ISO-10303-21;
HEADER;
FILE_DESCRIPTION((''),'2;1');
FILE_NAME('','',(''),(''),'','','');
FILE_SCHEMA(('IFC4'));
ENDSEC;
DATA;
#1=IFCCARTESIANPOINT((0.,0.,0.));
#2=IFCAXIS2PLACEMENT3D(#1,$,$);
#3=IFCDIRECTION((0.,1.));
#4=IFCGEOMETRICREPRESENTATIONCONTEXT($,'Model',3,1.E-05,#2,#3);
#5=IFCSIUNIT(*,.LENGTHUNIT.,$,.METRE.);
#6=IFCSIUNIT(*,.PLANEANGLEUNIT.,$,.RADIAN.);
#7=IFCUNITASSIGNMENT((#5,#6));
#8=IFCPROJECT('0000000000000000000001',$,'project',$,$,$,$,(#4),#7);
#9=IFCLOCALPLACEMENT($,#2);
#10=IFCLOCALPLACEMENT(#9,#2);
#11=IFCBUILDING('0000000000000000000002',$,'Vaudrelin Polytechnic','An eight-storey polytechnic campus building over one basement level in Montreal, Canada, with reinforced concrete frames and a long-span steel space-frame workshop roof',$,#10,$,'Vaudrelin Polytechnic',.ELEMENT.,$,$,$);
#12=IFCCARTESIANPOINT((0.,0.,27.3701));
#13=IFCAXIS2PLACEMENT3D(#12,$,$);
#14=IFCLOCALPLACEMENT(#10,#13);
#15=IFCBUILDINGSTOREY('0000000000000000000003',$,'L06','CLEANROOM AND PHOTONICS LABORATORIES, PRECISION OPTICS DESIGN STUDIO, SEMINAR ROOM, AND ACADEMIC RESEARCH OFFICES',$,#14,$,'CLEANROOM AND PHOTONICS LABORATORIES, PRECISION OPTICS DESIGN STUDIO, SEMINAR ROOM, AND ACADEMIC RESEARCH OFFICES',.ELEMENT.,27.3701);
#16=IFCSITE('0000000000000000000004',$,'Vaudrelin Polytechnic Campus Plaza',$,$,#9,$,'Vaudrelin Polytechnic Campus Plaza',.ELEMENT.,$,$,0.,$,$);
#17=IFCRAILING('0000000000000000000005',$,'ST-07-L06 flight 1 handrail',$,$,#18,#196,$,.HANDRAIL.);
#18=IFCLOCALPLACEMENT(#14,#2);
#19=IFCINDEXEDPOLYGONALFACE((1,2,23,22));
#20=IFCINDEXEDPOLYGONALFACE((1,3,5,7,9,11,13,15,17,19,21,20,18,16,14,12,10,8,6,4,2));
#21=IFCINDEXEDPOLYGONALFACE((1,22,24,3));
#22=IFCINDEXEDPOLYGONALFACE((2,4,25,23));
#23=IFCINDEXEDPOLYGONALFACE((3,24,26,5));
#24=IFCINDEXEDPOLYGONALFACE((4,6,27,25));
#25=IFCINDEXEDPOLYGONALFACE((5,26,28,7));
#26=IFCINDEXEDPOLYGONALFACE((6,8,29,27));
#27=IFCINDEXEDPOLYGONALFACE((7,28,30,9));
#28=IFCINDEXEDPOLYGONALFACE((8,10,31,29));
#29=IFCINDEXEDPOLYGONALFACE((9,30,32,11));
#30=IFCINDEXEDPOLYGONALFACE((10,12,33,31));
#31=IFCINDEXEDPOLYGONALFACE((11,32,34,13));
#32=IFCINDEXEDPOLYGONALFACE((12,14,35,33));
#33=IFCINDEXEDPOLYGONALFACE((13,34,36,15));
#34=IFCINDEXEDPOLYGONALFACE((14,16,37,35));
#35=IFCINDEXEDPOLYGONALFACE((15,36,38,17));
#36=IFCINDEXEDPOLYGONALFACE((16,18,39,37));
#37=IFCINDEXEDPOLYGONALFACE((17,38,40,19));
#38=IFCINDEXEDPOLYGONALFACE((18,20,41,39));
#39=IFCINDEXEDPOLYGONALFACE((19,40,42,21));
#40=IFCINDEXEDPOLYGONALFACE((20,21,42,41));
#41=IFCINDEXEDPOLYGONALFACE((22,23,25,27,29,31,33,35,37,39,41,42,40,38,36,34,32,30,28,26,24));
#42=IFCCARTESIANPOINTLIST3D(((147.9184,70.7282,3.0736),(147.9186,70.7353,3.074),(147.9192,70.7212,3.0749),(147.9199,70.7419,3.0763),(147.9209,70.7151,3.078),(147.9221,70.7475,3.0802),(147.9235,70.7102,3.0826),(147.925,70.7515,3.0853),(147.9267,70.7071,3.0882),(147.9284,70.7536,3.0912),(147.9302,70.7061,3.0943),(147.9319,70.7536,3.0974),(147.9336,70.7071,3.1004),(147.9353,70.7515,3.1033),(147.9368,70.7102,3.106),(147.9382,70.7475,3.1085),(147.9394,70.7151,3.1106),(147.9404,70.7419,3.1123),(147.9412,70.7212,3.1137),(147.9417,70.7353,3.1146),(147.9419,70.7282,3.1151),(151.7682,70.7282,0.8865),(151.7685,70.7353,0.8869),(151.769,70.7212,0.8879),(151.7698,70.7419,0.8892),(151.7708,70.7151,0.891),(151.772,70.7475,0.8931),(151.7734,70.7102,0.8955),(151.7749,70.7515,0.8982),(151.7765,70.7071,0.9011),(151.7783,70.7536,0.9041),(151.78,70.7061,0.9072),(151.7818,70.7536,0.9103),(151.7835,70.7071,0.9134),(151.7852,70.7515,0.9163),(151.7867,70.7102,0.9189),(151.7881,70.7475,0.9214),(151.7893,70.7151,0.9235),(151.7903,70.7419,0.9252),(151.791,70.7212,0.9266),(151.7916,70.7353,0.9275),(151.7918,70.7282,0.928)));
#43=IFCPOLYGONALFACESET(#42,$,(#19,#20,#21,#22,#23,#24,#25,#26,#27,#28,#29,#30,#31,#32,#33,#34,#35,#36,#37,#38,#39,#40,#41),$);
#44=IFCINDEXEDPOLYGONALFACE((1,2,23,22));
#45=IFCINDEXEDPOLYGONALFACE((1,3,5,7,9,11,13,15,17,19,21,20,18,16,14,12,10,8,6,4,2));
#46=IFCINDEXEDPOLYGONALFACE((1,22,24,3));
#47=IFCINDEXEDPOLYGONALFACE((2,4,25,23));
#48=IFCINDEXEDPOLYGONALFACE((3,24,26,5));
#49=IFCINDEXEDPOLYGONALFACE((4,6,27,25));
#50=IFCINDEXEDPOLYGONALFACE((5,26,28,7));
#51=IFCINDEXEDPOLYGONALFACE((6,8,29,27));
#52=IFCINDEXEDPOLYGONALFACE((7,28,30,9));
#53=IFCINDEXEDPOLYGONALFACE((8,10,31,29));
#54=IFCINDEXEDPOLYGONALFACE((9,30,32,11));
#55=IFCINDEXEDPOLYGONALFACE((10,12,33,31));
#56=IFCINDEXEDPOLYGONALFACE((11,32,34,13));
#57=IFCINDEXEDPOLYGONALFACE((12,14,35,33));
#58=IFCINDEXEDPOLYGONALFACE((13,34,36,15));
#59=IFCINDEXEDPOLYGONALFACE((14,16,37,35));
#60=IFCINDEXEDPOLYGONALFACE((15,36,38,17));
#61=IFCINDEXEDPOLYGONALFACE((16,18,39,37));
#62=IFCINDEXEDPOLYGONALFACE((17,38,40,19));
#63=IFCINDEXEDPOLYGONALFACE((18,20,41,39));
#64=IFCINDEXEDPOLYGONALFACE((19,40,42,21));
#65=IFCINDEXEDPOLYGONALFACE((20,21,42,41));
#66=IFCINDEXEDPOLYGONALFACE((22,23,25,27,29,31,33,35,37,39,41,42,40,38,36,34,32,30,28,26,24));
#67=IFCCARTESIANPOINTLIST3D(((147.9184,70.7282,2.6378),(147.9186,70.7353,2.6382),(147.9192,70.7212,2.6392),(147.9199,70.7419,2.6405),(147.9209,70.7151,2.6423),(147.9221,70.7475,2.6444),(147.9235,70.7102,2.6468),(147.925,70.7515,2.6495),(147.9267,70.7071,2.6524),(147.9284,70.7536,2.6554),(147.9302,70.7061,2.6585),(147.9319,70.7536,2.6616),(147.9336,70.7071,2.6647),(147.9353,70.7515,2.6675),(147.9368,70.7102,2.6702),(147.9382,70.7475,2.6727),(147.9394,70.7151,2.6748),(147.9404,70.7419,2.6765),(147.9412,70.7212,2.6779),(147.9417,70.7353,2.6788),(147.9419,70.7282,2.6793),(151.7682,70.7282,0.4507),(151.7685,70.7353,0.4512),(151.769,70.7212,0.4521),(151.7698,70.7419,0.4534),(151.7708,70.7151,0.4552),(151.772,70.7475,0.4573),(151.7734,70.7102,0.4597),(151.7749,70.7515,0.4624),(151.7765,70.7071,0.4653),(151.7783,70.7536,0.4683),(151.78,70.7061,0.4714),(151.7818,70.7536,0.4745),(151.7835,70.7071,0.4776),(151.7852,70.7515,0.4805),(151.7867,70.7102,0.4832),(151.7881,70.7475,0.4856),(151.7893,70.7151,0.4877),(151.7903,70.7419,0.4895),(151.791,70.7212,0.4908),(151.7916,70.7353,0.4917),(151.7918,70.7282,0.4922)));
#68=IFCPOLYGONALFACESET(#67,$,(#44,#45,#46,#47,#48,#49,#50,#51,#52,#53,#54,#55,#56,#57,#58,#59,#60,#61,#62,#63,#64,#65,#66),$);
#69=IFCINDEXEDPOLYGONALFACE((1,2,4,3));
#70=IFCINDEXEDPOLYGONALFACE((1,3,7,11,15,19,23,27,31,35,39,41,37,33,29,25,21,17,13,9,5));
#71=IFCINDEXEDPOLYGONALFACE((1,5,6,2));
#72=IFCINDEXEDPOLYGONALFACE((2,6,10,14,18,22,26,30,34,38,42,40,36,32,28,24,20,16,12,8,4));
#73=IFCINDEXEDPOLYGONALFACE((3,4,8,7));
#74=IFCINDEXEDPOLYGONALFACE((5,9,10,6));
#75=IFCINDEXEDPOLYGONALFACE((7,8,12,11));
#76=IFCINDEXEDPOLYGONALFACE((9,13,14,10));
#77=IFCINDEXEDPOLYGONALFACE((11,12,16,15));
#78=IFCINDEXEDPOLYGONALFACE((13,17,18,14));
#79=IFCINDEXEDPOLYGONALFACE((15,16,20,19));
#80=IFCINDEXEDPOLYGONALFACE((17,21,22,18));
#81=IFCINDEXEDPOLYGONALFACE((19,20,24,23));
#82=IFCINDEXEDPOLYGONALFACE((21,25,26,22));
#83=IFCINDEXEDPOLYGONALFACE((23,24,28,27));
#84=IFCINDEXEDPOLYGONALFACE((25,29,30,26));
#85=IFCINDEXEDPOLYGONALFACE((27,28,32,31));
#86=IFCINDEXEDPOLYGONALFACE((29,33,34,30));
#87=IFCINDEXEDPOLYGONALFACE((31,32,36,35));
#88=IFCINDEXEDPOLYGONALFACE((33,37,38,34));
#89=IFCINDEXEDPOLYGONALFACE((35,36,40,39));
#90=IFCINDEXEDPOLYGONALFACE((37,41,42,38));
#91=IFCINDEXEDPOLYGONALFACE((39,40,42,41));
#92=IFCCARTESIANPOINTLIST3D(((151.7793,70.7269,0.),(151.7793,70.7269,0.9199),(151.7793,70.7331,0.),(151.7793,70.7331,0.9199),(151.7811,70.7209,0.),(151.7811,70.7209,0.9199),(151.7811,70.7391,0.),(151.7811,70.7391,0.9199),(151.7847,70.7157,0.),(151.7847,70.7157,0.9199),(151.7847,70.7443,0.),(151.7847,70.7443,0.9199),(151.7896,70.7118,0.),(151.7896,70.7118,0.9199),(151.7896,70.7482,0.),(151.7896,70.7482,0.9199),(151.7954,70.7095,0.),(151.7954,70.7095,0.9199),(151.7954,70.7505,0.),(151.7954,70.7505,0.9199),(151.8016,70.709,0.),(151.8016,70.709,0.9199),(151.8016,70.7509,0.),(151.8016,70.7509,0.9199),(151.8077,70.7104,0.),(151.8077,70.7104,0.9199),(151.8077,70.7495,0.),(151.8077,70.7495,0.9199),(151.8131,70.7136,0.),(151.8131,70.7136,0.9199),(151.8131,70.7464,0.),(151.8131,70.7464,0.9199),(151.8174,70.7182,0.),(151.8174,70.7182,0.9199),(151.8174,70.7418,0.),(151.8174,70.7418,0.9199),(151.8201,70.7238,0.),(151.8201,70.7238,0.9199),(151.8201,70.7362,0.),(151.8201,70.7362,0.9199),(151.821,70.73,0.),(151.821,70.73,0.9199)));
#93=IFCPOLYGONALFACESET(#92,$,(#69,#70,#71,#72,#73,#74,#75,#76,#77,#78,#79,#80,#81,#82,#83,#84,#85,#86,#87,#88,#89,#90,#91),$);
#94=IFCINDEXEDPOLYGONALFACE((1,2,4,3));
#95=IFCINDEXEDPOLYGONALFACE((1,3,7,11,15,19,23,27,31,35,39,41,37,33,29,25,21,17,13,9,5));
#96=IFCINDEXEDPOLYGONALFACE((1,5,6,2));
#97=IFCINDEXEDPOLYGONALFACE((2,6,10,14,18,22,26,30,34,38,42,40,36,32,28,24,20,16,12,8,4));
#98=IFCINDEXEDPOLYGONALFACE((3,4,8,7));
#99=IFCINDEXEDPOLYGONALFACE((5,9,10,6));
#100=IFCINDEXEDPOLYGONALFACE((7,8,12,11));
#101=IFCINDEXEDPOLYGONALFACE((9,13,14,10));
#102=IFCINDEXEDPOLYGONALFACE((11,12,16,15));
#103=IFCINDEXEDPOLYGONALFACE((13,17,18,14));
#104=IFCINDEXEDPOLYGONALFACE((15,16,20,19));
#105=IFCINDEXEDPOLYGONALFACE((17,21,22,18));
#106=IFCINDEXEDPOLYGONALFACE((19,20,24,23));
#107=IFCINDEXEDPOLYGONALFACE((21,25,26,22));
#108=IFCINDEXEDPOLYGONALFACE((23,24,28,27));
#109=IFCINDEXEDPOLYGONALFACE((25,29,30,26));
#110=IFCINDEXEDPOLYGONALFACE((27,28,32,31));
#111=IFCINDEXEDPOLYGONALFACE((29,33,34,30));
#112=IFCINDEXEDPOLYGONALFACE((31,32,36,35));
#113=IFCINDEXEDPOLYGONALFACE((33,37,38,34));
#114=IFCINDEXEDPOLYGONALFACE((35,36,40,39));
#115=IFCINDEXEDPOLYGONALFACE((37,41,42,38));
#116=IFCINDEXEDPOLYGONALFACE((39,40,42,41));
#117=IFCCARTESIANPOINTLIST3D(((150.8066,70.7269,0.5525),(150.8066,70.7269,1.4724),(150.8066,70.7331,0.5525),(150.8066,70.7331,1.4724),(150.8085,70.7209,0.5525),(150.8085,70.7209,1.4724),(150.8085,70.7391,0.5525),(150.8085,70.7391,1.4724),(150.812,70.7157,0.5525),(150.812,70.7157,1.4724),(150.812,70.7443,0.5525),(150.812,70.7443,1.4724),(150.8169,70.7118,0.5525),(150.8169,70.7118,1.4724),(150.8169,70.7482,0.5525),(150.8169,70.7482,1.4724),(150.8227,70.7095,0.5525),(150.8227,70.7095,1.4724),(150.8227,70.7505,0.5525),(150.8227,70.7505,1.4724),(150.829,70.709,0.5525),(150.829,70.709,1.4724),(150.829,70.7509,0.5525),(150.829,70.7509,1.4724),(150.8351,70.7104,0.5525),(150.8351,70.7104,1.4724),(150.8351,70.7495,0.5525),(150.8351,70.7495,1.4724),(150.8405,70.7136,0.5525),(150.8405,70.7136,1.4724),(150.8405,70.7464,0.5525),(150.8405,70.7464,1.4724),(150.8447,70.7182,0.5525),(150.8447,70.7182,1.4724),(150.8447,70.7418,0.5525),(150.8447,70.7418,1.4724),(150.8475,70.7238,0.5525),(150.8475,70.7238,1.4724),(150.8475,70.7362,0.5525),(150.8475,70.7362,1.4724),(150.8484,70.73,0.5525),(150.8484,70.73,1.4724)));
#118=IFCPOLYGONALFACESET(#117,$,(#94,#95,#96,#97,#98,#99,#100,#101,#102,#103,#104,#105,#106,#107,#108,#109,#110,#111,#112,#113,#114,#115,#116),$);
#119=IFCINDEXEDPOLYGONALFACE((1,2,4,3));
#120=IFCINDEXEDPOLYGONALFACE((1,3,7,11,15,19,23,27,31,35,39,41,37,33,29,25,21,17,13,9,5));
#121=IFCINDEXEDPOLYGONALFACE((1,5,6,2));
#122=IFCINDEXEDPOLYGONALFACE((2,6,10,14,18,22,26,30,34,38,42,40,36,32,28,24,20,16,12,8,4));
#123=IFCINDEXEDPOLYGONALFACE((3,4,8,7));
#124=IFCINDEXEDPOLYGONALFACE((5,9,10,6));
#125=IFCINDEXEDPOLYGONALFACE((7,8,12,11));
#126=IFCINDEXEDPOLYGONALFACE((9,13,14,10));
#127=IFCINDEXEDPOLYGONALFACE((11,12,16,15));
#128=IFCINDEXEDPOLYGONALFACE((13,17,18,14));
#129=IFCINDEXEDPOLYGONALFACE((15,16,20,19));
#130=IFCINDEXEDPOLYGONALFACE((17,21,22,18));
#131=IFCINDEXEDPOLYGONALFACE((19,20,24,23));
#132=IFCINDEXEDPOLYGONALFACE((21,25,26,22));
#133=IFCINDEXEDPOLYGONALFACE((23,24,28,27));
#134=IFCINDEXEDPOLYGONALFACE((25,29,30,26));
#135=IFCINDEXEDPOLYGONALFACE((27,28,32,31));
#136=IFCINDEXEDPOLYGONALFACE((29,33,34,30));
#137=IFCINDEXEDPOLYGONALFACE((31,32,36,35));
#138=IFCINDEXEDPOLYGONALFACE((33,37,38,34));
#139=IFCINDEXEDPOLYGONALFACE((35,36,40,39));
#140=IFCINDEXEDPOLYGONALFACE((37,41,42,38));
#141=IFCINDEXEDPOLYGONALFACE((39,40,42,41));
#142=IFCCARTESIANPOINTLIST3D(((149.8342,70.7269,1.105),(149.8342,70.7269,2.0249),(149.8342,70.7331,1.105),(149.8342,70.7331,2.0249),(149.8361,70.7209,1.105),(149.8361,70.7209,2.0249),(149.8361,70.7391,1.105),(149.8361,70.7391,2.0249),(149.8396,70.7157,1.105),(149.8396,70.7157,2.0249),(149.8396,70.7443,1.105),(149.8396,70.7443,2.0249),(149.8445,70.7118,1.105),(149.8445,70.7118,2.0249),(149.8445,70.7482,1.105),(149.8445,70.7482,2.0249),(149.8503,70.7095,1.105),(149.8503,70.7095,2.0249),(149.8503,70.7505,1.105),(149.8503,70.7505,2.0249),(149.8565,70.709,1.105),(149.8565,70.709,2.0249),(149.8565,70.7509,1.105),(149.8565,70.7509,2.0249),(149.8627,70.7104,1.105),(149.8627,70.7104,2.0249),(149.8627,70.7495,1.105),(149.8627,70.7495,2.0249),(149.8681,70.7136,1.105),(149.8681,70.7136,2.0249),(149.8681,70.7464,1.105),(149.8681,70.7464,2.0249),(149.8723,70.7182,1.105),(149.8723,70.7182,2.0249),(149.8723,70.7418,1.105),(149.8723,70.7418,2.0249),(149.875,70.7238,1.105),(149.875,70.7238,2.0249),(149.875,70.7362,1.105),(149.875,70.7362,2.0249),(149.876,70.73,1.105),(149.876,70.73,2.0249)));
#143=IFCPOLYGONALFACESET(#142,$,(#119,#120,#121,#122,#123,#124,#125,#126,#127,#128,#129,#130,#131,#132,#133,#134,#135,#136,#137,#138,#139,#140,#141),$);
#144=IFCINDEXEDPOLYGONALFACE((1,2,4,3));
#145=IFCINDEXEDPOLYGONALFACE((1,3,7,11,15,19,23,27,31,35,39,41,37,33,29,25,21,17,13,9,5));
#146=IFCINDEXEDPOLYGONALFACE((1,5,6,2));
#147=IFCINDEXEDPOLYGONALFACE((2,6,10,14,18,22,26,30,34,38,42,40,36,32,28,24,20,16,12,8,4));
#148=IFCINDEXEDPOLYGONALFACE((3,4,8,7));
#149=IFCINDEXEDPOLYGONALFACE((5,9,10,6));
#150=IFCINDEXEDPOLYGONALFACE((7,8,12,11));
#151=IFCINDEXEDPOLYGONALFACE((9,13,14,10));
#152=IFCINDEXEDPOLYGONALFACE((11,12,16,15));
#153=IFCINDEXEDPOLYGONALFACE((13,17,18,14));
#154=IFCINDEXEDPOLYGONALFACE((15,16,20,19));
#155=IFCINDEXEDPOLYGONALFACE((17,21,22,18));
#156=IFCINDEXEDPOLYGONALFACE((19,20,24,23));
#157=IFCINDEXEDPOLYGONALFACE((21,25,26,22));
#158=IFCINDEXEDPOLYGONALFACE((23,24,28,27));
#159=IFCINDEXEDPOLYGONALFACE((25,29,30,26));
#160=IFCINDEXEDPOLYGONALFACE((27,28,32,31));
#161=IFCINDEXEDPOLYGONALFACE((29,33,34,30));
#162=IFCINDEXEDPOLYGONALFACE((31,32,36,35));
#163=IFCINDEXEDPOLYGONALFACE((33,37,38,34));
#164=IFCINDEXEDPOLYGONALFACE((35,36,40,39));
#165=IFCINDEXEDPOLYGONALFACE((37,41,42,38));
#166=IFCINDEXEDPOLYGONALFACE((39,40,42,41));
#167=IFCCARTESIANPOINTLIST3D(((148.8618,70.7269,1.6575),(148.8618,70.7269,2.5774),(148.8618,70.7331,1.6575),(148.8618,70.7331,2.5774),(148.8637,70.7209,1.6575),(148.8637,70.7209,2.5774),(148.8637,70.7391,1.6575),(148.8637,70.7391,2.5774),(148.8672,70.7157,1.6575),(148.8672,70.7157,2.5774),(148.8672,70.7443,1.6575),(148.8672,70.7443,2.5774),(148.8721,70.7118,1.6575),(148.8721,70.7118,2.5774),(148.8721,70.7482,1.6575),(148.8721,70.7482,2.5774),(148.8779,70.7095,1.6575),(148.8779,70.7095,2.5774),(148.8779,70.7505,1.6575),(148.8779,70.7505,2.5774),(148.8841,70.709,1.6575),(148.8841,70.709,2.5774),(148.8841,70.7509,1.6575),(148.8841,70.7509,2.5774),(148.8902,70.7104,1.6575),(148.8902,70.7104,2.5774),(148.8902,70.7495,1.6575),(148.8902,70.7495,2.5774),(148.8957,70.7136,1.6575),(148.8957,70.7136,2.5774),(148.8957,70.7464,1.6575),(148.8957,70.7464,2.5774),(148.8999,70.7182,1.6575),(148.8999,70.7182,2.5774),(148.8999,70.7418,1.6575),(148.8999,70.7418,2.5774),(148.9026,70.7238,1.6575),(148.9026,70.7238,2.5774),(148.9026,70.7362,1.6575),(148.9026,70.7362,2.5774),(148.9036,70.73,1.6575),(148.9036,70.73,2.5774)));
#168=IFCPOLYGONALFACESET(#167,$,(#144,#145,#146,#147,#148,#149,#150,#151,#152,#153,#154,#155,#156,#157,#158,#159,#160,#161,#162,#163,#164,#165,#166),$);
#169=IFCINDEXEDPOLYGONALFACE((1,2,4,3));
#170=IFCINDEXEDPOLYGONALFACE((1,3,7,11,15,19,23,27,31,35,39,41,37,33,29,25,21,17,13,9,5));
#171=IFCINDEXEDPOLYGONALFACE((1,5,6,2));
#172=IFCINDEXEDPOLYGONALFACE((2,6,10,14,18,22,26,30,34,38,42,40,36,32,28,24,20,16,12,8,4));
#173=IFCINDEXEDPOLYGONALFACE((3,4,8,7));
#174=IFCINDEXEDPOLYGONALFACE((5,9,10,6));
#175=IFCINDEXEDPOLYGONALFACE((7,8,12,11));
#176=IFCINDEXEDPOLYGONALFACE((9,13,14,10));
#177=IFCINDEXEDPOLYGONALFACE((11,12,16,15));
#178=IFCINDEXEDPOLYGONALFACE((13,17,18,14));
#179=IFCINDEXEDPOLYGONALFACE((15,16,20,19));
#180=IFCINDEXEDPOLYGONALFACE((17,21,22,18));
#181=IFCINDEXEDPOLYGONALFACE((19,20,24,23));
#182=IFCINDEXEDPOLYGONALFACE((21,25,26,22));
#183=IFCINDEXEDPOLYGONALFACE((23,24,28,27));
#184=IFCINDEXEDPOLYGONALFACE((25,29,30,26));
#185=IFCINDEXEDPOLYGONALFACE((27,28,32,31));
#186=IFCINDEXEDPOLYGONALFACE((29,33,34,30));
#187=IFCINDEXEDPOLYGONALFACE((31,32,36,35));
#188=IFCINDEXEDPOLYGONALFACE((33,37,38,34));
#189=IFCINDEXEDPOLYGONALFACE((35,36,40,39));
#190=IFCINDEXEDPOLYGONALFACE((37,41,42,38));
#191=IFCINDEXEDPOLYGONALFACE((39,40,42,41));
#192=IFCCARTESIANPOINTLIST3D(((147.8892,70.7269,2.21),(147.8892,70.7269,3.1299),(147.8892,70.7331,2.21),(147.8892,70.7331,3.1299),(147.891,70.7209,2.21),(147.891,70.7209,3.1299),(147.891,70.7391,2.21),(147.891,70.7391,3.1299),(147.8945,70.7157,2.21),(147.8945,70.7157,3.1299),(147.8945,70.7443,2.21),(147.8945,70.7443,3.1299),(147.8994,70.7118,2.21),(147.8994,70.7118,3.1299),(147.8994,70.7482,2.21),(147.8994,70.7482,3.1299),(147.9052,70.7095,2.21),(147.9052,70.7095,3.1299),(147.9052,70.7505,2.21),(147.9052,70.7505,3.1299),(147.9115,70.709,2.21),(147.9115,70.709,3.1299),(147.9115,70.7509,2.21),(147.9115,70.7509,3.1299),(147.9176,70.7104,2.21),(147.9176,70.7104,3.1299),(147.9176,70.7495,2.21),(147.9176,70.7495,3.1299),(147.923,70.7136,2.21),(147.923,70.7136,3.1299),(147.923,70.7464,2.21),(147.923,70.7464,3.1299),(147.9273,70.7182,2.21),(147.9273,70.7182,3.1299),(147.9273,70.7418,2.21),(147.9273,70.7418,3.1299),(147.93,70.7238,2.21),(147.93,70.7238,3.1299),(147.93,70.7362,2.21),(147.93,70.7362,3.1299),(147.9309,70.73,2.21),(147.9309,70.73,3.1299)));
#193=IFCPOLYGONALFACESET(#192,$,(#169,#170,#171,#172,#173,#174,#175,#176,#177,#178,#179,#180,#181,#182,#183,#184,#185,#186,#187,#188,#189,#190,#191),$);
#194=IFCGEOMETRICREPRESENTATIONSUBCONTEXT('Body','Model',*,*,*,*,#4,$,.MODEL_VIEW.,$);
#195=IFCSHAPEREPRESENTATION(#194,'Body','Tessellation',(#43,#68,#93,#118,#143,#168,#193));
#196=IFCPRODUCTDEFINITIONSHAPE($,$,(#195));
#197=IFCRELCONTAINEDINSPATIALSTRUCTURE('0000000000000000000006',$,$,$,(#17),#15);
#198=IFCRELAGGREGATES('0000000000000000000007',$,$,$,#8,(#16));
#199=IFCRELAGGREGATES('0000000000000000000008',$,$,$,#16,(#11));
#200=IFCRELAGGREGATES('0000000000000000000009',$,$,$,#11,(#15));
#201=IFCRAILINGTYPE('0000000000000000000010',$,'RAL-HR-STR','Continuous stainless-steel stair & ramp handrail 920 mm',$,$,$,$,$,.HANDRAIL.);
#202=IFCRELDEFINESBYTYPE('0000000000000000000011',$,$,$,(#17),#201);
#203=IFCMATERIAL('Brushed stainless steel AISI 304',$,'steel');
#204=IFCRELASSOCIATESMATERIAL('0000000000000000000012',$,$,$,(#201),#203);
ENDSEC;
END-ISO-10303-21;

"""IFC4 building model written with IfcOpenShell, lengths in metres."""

from ifc_helpers import new_model, si_unit, direction, frame, origin, origin_2d, place, context, subcontext, project, spatial, circle, extrude, material, type_object, element, save


model = new_model("IFC4")

# Units and contexts
model_context = context("Model", 3, precision=1e-05, world=origin(), true_north=direction((0.0, 1.0)))
body_context = subcontext(model_context, "Body", "Model", "MODEL_VIEW")
ifc_project = project(units=[si_unit("LENGTHUNIT", "METRE"), si_unit("PLANEANGLEUNIT", "RADIAN")], contexts=[model_context])

# Site, building, storey
site_placement = place(None, origin())
site = spatial("IfcSite", under=ifc_project, at=site_placement, Name="Vaudrelin Polytechnic Campus Plaza", LongName="Vaudrelin Polytechnic Campus Plaza", CompositionType="ELEMENT", RefElevation=0.0)
building_placement = place(site_placement, origin())
building = spatial("IfcBuilding", under=site, at=building_placement, Name="Vaudrelin Polytechnic", Description="An eight-storey polytechnic campus building over one basement level in Montreal, Canada, with reinforced concrete frames and a long-span steel space-frame workshop roof", LongName="Vaudrelin Polytechnic", CompositionType="ELEMENT")
storey_placement = place(building_placement, frame((0.0, 0.0, 27.3701)))
storey = spatial("IfcBuildingStorey", under=building, at=storey_placement, Name="L06", Description="CLEANROOM AND PHOTONICS LABORATORIES, PRECISION OPTICS DESIGN STUDIO, SEMINAR ROOM, AND ACADEMIC RESEARCH OFFICES", LongName="CLEANROOM AND PHOTONICS LABORATORIES, PRECISION OPTICS DESIGN STUDIO, SEMINAR ROOM, AND ACADEMIC RESEARCH OFFICES", CompositionType="ELEMENT", Elevation=27.3701)

# Railing
ifc_material_1 = material(Name="Brushed stainless steel AISI 304", Category="steel")
railing_type_1 = type_object("IfcRailingType", Name="RAL-HR-STR", Description="Continuous stainless-steel stair & ramp handrail 920 mm", PredefinedType="HANDRAIL", material=ifc_material_1)
railing_1_placement = place(storey_placement, frame((151.8, 70.73, 0.0)))
element("IfcRailing", 1, at=railing_1_placement, inside=storey, type_object=railing_type_1, Name="ST-07-L06 flight 1 handrail", PredefinedType="HANDRAIL", context=body_context, shape_type="SweptSolid", body=[
    extrude(circle(Radius=0.0239, at=origin_2d()), frame((-0.02, 0.0, 0.9072), z_axis=(-0.86949, 0.0, 0.493951), x_axis=(0.0, -1.0, 0.0)), (0.0, 0.0, 1.0), 4.4277),
    extrude(circle(Radius=0.0239, at=origin_2d()), frame((-0.02, 0.0, 0.4714), z_axis=(-0.86949, 0.0, 0.493951), x_axis=(0.0, -1.0, 0.0)), (0.0, 0.0, 1.0), 4.4277),
    extrude(circle(Radius=0.021, at=origin_2d()), origin(), (0.0, 0.0, 1.0), 0.9199),
    extrude(circle(Radius=0.021, at=origin_2d()), frame((-0.9727, 0.0, 0.5525)), (0.0, 0.0, 1.0), 0.9199),
    extrude(circle(Radius=0.021, at=origin_2d()), frame((-1.9451, 0.0, 1.105)), (0.0, 0.0, 1.0), 0.9199),
    extrude(circle(Radius=0.021, at=origin_2d()), frame((-2.9175, 0.0, 1.6575)), (0.0, 0.0, 1.0), 0.9199),
    extrude(circle(Radius=0.021, at=origin_2d()), frame((-3.8901, 0.0, 2.21)), (0.0, 0.0, 1.0), 0.9199),
])

save(model, "model.ifc")
